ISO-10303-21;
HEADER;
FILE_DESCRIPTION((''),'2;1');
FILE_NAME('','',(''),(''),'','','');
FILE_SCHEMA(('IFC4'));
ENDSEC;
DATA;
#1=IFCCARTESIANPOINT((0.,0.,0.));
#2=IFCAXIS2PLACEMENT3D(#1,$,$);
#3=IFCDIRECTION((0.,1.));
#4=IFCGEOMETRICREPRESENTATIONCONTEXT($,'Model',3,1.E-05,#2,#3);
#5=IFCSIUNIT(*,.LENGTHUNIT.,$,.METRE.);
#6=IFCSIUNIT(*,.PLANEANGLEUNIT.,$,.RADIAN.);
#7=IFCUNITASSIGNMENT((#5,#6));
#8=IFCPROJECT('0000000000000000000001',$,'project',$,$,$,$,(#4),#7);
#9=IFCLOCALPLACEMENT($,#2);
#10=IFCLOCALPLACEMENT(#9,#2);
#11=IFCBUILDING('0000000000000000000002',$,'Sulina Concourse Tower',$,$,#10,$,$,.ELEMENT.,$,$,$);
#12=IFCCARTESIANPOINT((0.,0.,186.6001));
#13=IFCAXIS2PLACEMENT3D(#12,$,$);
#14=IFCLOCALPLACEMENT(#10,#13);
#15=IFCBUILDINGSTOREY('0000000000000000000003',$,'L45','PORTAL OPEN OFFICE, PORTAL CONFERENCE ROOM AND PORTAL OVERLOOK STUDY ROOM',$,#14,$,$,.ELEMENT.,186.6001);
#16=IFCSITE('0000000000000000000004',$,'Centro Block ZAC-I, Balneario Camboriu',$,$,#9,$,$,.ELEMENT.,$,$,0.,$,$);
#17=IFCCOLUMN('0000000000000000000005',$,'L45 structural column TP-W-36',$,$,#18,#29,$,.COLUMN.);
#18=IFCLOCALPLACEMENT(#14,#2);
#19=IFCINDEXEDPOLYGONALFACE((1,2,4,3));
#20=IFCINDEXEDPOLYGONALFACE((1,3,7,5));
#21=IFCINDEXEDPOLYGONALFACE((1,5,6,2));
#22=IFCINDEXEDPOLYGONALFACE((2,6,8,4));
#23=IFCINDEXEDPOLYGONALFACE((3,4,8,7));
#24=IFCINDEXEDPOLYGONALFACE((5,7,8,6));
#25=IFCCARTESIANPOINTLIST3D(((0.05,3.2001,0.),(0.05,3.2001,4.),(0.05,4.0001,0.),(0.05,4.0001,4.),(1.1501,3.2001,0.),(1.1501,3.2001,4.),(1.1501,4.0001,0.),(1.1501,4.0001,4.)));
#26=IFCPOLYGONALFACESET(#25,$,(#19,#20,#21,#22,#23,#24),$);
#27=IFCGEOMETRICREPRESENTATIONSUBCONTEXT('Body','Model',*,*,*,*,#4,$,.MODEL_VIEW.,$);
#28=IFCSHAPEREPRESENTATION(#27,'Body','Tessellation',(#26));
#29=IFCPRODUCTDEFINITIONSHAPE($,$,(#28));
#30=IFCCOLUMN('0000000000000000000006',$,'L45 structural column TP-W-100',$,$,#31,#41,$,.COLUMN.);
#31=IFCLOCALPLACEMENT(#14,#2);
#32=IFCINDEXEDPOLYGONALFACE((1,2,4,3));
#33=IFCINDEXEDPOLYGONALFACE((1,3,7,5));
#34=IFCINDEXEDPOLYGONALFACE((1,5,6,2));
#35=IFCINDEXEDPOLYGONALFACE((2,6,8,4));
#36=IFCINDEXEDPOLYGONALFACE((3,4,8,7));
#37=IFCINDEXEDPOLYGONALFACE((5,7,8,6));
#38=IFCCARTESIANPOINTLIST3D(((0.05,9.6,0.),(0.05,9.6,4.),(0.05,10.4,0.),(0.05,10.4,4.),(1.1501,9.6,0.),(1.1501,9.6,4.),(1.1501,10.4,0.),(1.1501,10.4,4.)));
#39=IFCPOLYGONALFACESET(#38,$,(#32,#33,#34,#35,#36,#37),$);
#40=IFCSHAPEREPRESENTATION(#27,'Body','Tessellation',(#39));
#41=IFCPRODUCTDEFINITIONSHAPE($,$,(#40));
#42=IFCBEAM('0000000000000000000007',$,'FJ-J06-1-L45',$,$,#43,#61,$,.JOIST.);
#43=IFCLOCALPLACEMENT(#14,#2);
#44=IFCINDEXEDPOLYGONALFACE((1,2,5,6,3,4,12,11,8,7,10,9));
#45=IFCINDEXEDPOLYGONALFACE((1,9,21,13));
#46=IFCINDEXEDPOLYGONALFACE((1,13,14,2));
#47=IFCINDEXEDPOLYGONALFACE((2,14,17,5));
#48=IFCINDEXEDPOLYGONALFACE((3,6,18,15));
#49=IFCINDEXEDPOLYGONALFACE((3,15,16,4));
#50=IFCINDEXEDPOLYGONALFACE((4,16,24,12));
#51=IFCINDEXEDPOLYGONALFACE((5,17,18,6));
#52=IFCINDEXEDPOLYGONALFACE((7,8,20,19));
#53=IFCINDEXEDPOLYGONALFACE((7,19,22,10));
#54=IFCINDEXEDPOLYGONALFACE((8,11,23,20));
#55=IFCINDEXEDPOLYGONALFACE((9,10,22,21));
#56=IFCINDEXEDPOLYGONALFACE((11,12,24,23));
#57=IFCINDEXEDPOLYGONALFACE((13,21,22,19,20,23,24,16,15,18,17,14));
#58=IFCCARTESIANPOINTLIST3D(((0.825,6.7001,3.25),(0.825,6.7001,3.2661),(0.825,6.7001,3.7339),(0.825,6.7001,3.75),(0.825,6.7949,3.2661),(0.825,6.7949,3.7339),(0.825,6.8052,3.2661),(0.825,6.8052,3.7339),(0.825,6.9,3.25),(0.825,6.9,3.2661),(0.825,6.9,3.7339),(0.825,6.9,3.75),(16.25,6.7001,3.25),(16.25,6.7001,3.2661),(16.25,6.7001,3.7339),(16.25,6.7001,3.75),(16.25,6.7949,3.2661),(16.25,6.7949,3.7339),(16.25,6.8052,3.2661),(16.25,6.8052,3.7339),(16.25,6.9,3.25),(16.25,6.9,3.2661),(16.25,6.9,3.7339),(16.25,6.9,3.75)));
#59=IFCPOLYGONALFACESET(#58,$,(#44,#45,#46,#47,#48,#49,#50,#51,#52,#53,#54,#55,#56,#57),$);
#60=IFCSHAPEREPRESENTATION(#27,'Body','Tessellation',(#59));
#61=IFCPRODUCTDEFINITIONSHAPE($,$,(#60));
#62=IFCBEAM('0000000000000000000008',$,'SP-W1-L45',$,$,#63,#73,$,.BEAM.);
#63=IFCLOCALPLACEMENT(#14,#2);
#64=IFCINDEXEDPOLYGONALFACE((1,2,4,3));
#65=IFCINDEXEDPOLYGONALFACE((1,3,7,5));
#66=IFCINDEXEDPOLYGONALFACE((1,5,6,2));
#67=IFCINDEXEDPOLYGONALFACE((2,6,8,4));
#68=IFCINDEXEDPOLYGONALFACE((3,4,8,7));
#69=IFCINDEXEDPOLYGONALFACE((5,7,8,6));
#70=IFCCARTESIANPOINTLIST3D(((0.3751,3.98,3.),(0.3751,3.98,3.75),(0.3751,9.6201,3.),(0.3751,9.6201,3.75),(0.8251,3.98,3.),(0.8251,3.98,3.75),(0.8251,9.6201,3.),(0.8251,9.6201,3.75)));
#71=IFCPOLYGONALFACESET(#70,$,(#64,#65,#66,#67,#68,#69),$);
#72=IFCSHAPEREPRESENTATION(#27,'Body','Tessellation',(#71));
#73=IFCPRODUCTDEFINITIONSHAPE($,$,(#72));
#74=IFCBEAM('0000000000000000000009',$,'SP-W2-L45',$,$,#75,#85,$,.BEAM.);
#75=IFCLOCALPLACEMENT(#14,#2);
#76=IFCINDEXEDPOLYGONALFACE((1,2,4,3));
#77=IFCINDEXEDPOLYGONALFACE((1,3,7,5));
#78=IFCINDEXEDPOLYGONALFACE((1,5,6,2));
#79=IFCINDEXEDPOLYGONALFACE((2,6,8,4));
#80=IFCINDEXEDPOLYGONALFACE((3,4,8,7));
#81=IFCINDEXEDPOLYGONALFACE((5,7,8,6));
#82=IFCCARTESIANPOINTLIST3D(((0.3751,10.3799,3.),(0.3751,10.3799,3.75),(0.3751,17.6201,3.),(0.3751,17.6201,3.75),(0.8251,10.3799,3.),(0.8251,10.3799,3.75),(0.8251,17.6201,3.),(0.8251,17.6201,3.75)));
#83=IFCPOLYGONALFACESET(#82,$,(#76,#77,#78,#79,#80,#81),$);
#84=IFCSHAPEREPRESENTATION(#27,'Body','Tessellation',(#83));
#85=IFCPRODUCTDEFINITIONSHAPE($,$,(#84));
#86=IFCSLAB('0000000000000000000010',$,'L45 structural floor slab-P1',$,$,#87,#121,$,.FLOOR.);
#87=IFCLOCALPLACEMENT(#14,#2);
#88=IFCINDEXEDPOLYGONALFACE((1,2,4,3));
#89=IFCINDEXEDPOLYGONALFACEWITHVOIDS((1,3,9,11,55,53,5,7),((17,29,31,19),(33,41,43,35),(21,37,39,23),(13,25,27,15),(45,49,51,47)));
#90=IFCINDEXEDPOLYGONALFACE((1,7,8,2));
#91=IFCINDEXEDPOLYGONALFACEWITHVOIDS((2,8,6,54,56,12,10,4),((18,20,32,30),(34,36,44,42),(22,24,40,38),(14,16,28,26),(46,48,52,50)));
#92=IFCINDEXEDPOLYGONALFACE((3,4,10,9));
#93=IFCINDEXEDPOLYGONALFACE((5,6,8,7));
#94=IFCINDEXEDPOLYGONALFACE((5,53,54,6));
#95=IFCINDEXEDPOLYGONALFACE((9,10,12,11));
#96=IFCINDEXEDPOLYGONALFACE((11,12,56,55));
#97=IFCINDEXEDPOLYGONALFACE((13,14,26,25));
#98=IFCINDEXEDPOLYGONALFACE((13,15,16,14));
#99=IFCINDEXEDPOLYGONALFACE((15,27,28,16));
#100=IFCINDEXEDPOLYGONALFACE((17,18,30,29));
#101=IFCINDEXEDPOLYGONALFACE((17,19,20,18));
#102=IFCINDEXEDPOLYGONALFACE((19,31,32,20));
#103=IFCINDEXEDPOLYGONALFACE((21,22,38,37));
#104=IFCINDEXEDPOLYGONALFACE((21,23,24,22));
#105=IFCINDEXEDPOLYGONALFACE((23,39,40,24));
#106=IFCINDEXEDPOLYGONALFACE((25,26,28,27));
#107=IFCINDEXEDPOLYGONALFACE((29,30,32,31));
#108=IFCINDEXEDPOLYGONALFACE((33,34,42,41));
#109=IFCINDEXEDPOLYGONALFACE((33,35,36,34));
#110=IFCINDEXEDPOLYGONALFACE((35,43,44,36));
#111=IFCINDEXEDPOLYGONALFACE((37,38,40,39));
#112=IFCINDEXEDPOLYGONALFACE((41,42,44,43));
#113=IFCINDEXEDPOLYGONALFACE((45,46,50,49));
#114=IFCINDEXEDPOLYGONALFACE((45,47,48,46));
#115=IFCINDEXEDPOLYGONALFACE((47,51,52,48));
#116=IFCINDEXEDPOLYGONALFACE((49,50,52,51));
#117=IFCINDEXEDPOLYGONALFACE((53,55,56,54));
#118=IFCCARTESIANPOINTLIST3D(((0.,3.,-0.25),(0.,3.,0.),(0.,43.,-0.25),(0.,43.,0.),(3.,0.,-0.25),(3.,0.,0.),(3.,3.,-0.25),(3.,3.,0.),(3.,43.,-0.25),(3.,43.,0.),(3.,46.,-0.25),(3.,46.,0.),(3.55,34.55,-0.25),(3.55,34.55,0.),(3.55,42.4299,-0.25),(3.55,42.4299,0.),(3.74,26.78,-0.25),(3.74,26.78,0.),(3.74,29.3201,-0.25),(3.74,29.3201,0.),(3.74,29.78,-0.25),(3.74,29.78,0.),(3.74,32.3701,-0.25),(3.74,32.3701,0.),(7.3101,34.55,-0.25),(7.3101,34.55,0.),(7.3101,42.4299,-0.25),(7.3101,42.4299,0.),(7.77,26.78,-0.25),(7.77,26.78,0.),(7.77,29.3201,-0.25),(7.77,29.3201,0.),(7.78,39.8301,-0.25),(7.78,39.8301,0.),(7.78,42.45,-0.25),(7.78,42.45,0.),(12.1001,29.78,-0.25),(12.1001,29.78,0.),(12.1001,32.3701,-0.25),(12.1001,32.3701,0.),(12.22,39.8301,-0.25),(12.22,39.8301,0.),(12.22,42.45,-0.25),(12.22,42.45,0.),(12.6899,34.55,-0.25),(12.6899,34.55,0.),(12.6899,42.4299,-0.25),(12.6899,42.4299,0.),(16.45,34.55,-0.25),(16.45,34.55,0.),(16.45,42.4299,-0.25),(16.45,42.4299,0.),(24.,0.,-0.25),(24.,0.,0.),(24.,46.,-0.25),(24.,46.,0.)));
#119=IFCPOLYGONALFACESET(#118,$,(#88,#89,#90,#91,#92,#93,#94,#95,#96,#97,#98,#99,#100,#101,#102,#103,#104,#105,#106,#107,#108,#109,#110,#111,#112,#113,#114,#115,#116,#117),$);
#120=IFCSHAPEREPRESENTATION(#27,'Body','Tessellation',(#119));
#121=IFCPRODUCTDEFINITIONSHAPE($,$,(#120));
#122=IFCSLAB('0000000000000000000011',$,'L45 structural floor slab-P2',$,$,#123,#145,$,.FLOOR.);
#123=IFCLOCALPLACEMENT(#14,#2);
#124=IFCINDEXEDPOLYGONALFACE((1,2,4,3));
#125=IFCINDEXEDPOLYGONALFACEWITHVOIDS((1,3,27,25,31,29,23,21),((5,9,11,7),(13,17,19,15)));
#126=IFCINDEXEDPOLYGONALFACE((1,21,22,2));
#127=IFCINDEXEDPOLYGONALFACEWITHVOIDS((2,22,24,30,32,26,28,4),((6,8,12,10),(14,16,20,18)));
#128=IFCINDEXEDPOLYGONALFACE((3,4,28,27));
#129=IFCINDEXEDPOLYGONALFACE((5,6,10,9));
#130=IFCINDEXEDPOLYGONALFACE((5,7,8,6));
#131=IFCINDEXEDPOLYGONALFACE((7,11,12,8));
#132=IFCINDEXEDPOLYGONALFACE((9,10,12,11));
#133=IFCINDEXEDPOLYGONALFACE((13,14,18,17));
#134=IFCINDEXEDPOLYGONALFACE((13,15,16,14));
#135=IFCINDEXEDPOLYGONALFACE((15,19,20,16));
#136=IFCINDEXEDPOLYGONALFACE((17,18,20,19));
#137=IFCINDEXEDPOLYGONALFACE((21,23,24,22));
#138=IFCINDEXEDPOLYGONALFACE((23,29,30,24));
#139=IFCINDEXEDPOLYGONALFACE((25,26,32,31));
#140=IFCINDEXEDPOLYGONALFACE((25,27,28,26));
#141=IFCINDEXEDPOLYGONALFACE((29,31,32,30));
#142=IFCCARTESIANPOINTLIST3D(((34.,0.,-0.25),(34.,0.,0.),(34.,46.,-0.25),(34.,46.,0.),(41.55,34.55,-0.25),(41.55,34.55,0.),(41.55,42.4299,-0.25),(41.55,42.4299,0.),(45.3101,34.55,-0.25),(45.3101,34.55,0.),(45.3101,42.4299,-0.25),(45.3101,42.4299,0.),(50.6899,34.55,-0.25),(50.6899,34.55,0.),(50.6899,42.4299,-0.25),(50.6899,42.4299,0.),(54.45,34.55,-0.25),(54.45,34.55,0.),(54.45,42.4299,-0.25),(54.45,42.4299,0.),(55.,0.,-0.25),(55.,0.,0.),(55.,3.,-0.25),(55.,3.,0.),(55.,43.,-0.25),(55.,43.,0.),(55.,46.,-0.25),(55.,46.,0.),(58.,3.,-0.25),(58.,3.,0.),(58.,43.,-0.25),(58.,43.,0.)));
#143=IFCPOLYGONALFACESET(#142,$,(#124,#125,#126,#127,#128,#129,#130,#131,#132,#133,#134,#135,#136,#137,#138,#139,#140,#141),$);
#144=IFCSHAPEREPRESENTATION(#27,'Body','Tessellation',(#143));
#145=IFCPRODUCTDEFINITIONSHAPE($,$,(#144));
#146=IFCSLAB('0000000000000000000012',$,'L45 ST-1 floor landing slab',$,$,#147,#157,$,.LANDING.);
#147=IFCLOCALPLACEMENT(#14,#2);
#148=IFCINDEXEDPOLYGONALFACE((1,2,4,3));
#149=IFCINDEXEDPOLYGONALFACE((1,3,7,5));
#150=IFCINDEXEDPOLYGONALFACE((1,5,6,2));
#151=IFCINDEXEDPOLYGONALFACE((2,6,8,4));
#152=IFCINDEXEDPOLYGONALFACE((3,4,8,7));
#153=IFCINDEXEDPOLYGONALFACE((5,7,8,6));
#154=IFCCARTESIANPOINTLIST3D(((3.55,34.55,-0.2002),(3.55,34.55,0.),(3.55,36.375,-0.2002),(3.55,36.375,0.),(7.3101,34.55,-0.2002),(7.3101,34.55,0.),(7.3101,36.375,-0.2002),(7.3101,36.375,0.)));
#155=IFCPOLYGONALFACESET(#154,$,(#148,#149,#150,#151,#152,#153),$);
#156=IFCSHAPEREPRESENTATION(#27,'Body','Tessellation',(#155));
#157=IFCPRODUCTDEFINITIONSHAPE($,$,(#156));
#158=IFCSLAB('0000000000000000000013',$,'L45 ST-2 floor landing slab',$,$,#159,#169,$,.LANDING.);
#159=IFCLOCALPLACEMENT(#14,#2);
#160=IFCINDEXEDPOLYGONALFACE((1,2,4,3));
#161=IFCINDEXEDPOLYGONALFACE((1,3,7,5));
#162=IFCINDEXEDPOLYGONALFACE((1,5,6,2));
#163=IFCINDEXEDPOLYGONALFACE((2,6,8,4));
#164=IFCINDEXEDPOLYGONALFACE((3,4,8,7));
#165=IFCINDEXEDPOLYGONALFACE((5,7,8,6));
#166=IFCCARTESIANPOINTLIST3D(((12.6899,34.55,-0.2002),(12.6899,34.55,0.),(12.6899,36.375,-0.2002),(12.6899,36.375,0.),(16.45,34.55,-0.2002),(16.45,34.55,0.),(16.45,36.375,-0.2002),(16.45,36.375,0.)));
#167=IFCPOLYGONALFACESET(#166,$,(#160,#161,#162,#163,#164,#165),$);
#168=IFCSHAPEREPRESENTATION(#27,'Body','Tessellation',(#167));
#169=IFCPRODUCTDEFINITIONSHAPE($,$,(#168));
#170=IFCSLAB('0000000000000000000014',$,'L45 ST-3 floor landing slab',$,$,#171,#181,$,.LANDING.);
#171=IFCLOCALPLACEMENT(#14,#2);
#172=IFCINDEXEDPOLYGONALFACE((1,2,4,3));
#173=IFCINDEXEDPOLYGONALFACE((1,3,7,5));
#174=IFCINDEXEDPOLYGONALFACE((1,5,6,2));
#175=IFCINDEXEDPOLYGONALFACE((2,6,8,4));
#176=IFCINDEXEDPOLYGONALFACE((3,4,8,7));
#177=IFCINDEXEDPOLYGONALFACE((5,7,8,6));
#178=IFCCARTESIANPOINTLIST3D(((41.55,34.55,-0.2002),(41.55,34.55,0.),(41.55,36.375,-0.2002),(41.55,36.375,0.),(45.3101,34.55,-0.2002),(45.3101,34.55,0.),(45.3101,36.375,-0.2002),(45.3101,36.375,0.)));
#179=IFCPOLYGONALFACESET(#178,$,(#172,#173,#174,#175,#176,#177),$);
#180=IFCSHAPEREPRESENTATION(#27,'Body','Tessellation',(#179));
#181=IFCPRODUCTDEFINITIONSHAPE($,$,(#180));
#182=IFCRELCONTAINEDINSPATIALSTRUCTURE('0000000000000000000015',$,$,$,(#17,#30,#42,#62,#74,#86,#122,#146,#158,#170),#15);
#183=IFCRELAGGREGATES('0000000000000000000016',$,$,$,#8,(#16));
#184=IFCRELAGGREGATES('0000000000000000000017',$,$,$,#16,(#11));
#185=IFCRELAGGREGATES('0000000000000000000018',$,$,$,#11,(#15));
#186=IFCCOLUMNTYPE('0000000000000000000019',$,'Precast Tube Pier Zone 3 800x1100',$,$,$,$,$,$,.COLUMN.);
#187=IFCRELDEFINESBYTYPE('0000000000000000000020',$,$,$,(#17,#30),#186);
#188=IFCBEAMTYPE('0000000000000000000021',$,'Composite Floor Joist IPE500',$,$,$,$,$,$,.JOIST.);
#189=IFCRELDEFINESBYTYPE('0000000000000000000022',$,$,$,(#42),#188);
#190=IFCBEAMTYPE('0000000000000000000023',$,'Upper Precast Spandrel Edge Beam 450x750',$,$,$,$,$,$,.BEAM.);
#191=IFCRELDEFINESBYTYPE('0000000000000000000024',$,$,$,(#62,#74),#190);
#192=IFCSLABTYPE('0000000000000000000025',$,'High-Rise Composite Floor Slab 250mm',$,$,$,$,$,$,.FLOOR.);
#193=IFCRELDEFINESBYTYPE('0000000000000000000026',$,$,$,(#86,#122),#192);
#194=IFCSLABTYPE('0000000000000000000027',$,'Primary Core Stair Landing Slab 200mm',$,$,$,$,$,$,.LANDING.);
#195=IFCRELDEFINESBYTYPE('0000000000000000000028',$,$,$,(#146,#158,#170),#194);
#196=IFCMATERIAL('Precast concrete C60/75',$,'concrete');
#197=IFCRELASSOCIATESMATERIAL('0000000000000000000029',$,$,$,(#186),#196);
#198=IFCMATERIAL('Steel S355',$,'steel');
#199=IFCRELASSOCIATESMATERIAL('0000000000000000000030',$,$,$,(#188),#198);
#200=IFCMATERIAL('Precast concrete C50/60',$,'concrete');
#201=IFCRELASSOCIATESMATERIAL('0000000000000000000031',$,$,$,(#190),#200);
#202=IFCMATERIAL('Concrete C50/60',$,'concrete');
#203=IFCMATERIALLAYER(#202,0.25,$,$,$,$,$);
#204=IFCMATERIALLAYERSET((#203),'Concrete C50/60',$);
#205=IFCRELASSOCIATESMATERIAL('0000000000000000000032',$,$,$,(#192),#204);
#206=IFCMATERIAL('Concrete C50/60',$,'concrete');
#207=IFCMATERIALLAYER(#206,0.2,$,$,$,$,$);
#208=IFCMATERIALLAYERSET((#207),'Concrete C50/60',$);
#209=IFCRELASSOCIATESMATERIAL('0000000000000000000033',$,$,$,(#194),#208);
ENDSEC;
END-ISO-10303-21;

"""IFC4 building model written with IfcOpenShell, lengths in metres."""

from ifc_helpers import new_model, si_unit, direction, frame, origin, origin_2d, place, context, subcontext, project, spatial, polyline, rectangle, i_section, outline, extrude, material, layer, layer_set, material_profile, profile_set, type_object, element, save


model = new_model("IFC4")

# Units and contexts
model_context = context("Model", 3, precision=1e-05, world=origin(), true_north=direction((0.0, 1.0)))
body_context = subcontext(model_context, "Body", "Model", "MODEL_VIEW")
ifc_project = project(units=[si_unit("LENGTHUNIT", "METRE"), si_unit("PLANEANGLEUNIT", "RADIAN")], contexts=[model_context])

# Site, building, storey
site_placement = place(None, origin())
site = spatial("IfcSite", under=ifc_project, at=site_placement, Name="Centro Block ZAC-I, Balneario Camboriu", CompositionType="ELEMENT", RefElevation=0.0)
building_placement = place(site_placement, origin())
building = spatial("IfcBuilding", under=site, at=building_placement, Name="Sulina Concourse Tower", CompositionType="ELEMENT")
storey_placement = place(building_placement, frame((0.0, 0.0, 186.6001)))
storey = spatial("IfcBuildingStorey", under=building, at=storey_placement, Name="L45", Description="PORTAL OPEN OFFICE, PORTAL CONFERENCE ROOM AND PORTAL OVERLOOK STUDY ROOM", CompositionType="ELEMENT", Elevation=186.6001)

# Columns
ifc_material_1 = material(Name="Precast concrete C60/75", Category="concrete")
ifc_material_profile_1 = material_profile(ifc_material_1, rectangle(XDim=0.8, YDim=1.1001, at=origin_2d()), Name="PC 800x1100")
ifc_profile_set_1 = profile_set([ifc_material_profile_1], Name="Precast concrete C60/75")
column_type = type_object("IfcColumnType", Name="Precast Tube Pier Zone 3 800x1100", PredefinedType="COLUMN", material=ifc_profile_set_1)
for number, where, z_axis, x_axis, name in (
    (1, (0.6001, 3.6001, 0.0), (0.0, 0.0, 1.0), (0.0, 1.0, 0.0), "L45 structural column TP-W-36"),
    (2, (0.6001, 10.0, 0.0), (0.0, 0.0, 1.0), (0.0, 1.0, 0.0), "L45 structural column TP-W-100"),
):
    element("IfcColumn", number, at=place(storey_placement, frame(where, z_axis=z_axis, x_axis=x_axis)), inside=storey, type_object=column_type, Name=name, PredefinedType="COLUMN", context=body_context, shape_type="SweptSolid", body=[
        extrude(rectangle(XDim=0.8, YDim=1.1001, at=origin_2d()), origin(), (0.0, 0.0, 1.0), 4.0),
    ])

# Beams
ifc_material_2 = material(Name="Steel S355", Category="steel")
ifc_material_profile_2 = material_profile(ifc_material_2, i_section(OverallWidth=0.2, OverallDepth=0.5, WebThickness=0.0103, FlangeThickness=0.0161, at=origin_2d()), Name="IPE 500")
ifc_profile_set_2 = profile_set([ifc_material_profile_2], Name="Steel S355")
beam_type_1 = type_object("IfcBeamType", Name="Composite Floor Joist IPE500", PredefinedType="JOIST", material=ifc_profile_set_2)
beam_1_placement = place(storey_placement, frame((0.825, 6.8, 3.5), z_axis=(1.0, 0.0, 0.0), x_axis=(0.0, 1.0, 0.0)))
element("IfcBeam", 3, at=beam_1_placement, inside=storey, type_object=beam_type_1, Name="FJ-J06-1-L45", PredefinedType="JOIST", context=body_context, shape_type="SweptSolid", body=[
    extrude(i_section(OverallWidth=0.2, OverallDepth=0.5, WebThickness=0.0103, FlangeThickness=0.0161, at=origin_2d()), origin(), (0.0, 0.0, 1.0), 15.425),
])
ifc_material_3 = material(Name="Precast concrete C50/60", Category="concrete")
ifc_material_profile_3 = material_profile(ifc_material_3, rectangle(XDim=0.45, YDim=0.75, at=origin_2d()), Name="RC 450x750")
ifc_profile_set_3 = profile_set([ifc_material_profile_3], Name="Precast concrete C50/60")
beam_type_2 = type_object("IfcBeamType", Name="Upper Precast Spandrel Edge Beam 450x750", PredefinedType="BEAM", material=ifc_profile_set_3)
beam_2_placement = place(storey_placement, frame((0.6001, 3.98, 3.375), z_axis=(0.0, 1.0, 0.0), x_axis=(-1.0, 0.0, 0.0)))
element("IfcBeam", 4, at=beam_2_placement, inside=storey, type_object=beam_type_2, Name="SP-W1-L45", PredefinedType="BEAM", context=body_context, shape_type="SweptSolid", body=[
    extrude(rectangle(XDim=0.45, YDim=0.75, at=origin_2d()), origin(), (0.0, 0.0, 1.0), 5.6401),
])
beam_3_placement = place(storey_placement, frame((0.6001, 10.3799, 3.375), z_axis=(0.0, 1.0, 0.0), x_axis=(-1.0, 0.0, 0.0)))
element("IfcBeam", 5, at=beam_3_placement, inside=storey, type_object=beam_type_2, Name="SP-W2-L45", PredefinedType="BEAM", context=body_context, shape_type="SweptSolid", body=[
    extrude(rectangle(XDim=0.45, YDim=0.75, at=origin_2d()), origin(), (0.0, 0.0, 1.0), 7.2402),
])

# Slabs
ifc_material_4 = material(Name="Concrete C50/60", Category="concrete")
ifc_layer_1 = layer(ifc_material_4, 0.25)
ifc_layer_set_1 = layer_set([ifc_layer_1], Name="Concrete C50/60")
slab_type_1 = type_object("IfcSlabType", Name="High-Rise Composite Floor Slab 250mm", PredefinedType="FLOOR", material=ifc_layer_set_1)
slab_1_placement = place(storey_placement, frame((0.0, 0.0, -0.25)))
element("IfcSlab", 6, at=slab_1_placement, inside=storey, type_object=slab_type_1, Name="L45 structural floor slab-P1", PredefinedType="FLOOR", context=body_context, shape_type="SweptSolid", body=[
    extrude(outline(polyline([(3.0, 0.0), (24.0, 0.0), (24.0, 46.0), (3.0, 46.0), (3.0, 43.0), (0.0, 43.0), (0.0, 3.0), (3.0, 3.0), (3.0, 0.0)]), holes=[polyline([(7.3101, 34.55), (7.3101, 42.4299), (3.55, 42.4299), (3.55, 34.55), (7.3101, 34.55)]), polyline([(16.45, 34.55), (16.45, 42.4299), (12.6899, 42.4299), (12.6899, 34.55), (16.45, 34.55)]), polyline([(7.78, 39.8301), (12.22, 39.8301), (12.22, 42.45), (7.78, 42.45), (7.78, 39.8301)]), polyline([(3.74, 26.78), (7.77, 26.78), (7.77, 29.3201), (3.74, 29.3201), (3.74, 26.78)]), polyline([(3.74, 29.78), (12.1001, 29.78), (12.1001, 32.3701), (3.74, 32.3701), (3.74, 29.78)])]), origin(), (0.0, 0.0, 1.0), 0.25),
])
slab_2_placement = place(storey_placement, frame((0.0, 0.0, -0.25)))
element("IfcSlab", 7, at=slab_2_placement, inside=storey, type_object=slab_type_1, Name="L45 structural floor slab-P2", PredefinedType="FLOOR", context=body_context, shape_type="SweptSolid", body=[
    extrude(outline(polyline([(34.0, 0.0), (55.0, 0.0), (55.0, 3.0), (58.0, 3.0), (58.0, 43.0), (55.0, 43.0), (55.0, 46.0), (34.0, 46.0), (34.0, 0.0)]), holes=[polyline([(45.3101, 34.55), (45.3101, 42.4299), (41.55, 42.4299), (41.55, 34.55), (45.3101, 34.55)]), polyline([(54.45, 34.55), (54.45, 42.4299), (50.6899, 42.4299), (50.6899, 34.55), (54.45, 34.55)])]), origin(), (0.0, 0.0, 1.0), 0.25),
])
ifc_material_5 = material(Name="Concrete C50/60", Category="concrete")
ifc_layer_2 = layer(ifc_material_5, 0.2)
ifc_layer_set_2 = layer_set([ifc_layer_2], Name="Concrete C50/60")
slab_type_2 = type_object("IfcSlabType", Name="Primary Core Stair Landing Slab 200mm", PredefinedType="LANDING", material=ifc_layer_set_2)
slab_3_placement = place(storey_placement, frame((0.0, 0.0, -0.2002)))
element("IfcSlab", 8, at=slab_3_placement, inside=storey, type_object=slab_type_2, Name="L45 ST-1 floor landing slab", PredefinedType="LANDING", context=body_context, shape_type="SweptSolid", body=[
    extrude(outline(polyline([(7.3101, 34.55), (7.3101, 36.375), (3.55, 36.375), (3.55, 34.55), (7.3101, 34.55)])), origin(), (0.0, 0.0, 1.0), 0.2002),
])
slab_4_placement = place(storey_placement, frame((0.0, 0.0, -0.2002)))
element("IfcSlab", 9, at=slab_4_placement, inside=storey, type_object=slab_type_2, Name="L45 ST-2 floor landing slab", PredefinedType="LANDING", context=body_context, shape_type="SweptSolid", body=[
    extrude(outline(polyline([(16.45, 34.55), (16.45, 36.375), (12.6899, 36.375), (12.6899, 34.55), (16.45, 34.55)])), origin(), (0.0, 0.0, 1.0), 0.2002),
])
slab_5_placement = place(storey_placement, frame((0.0, 0.0, -0.2002)))
element("IfcSlab", 10, at=slab_5_placement, inside=storey, type_object=slab_type_2, Name="L45 ST-3 floor landing slab", PredefinedType="LANDING", context=body_context, shape_type="SweptSolid", body=[
    extrude(outline(polyline([(45.3101, 34.55), (45.3101, 36.375), (41.55, 36.375), (41.55, 34.55), (45.3101, 34.55)])), origin(), (0.0, 0.0, 1.0), 0.2002),
])

save(model, "model.ifc")
